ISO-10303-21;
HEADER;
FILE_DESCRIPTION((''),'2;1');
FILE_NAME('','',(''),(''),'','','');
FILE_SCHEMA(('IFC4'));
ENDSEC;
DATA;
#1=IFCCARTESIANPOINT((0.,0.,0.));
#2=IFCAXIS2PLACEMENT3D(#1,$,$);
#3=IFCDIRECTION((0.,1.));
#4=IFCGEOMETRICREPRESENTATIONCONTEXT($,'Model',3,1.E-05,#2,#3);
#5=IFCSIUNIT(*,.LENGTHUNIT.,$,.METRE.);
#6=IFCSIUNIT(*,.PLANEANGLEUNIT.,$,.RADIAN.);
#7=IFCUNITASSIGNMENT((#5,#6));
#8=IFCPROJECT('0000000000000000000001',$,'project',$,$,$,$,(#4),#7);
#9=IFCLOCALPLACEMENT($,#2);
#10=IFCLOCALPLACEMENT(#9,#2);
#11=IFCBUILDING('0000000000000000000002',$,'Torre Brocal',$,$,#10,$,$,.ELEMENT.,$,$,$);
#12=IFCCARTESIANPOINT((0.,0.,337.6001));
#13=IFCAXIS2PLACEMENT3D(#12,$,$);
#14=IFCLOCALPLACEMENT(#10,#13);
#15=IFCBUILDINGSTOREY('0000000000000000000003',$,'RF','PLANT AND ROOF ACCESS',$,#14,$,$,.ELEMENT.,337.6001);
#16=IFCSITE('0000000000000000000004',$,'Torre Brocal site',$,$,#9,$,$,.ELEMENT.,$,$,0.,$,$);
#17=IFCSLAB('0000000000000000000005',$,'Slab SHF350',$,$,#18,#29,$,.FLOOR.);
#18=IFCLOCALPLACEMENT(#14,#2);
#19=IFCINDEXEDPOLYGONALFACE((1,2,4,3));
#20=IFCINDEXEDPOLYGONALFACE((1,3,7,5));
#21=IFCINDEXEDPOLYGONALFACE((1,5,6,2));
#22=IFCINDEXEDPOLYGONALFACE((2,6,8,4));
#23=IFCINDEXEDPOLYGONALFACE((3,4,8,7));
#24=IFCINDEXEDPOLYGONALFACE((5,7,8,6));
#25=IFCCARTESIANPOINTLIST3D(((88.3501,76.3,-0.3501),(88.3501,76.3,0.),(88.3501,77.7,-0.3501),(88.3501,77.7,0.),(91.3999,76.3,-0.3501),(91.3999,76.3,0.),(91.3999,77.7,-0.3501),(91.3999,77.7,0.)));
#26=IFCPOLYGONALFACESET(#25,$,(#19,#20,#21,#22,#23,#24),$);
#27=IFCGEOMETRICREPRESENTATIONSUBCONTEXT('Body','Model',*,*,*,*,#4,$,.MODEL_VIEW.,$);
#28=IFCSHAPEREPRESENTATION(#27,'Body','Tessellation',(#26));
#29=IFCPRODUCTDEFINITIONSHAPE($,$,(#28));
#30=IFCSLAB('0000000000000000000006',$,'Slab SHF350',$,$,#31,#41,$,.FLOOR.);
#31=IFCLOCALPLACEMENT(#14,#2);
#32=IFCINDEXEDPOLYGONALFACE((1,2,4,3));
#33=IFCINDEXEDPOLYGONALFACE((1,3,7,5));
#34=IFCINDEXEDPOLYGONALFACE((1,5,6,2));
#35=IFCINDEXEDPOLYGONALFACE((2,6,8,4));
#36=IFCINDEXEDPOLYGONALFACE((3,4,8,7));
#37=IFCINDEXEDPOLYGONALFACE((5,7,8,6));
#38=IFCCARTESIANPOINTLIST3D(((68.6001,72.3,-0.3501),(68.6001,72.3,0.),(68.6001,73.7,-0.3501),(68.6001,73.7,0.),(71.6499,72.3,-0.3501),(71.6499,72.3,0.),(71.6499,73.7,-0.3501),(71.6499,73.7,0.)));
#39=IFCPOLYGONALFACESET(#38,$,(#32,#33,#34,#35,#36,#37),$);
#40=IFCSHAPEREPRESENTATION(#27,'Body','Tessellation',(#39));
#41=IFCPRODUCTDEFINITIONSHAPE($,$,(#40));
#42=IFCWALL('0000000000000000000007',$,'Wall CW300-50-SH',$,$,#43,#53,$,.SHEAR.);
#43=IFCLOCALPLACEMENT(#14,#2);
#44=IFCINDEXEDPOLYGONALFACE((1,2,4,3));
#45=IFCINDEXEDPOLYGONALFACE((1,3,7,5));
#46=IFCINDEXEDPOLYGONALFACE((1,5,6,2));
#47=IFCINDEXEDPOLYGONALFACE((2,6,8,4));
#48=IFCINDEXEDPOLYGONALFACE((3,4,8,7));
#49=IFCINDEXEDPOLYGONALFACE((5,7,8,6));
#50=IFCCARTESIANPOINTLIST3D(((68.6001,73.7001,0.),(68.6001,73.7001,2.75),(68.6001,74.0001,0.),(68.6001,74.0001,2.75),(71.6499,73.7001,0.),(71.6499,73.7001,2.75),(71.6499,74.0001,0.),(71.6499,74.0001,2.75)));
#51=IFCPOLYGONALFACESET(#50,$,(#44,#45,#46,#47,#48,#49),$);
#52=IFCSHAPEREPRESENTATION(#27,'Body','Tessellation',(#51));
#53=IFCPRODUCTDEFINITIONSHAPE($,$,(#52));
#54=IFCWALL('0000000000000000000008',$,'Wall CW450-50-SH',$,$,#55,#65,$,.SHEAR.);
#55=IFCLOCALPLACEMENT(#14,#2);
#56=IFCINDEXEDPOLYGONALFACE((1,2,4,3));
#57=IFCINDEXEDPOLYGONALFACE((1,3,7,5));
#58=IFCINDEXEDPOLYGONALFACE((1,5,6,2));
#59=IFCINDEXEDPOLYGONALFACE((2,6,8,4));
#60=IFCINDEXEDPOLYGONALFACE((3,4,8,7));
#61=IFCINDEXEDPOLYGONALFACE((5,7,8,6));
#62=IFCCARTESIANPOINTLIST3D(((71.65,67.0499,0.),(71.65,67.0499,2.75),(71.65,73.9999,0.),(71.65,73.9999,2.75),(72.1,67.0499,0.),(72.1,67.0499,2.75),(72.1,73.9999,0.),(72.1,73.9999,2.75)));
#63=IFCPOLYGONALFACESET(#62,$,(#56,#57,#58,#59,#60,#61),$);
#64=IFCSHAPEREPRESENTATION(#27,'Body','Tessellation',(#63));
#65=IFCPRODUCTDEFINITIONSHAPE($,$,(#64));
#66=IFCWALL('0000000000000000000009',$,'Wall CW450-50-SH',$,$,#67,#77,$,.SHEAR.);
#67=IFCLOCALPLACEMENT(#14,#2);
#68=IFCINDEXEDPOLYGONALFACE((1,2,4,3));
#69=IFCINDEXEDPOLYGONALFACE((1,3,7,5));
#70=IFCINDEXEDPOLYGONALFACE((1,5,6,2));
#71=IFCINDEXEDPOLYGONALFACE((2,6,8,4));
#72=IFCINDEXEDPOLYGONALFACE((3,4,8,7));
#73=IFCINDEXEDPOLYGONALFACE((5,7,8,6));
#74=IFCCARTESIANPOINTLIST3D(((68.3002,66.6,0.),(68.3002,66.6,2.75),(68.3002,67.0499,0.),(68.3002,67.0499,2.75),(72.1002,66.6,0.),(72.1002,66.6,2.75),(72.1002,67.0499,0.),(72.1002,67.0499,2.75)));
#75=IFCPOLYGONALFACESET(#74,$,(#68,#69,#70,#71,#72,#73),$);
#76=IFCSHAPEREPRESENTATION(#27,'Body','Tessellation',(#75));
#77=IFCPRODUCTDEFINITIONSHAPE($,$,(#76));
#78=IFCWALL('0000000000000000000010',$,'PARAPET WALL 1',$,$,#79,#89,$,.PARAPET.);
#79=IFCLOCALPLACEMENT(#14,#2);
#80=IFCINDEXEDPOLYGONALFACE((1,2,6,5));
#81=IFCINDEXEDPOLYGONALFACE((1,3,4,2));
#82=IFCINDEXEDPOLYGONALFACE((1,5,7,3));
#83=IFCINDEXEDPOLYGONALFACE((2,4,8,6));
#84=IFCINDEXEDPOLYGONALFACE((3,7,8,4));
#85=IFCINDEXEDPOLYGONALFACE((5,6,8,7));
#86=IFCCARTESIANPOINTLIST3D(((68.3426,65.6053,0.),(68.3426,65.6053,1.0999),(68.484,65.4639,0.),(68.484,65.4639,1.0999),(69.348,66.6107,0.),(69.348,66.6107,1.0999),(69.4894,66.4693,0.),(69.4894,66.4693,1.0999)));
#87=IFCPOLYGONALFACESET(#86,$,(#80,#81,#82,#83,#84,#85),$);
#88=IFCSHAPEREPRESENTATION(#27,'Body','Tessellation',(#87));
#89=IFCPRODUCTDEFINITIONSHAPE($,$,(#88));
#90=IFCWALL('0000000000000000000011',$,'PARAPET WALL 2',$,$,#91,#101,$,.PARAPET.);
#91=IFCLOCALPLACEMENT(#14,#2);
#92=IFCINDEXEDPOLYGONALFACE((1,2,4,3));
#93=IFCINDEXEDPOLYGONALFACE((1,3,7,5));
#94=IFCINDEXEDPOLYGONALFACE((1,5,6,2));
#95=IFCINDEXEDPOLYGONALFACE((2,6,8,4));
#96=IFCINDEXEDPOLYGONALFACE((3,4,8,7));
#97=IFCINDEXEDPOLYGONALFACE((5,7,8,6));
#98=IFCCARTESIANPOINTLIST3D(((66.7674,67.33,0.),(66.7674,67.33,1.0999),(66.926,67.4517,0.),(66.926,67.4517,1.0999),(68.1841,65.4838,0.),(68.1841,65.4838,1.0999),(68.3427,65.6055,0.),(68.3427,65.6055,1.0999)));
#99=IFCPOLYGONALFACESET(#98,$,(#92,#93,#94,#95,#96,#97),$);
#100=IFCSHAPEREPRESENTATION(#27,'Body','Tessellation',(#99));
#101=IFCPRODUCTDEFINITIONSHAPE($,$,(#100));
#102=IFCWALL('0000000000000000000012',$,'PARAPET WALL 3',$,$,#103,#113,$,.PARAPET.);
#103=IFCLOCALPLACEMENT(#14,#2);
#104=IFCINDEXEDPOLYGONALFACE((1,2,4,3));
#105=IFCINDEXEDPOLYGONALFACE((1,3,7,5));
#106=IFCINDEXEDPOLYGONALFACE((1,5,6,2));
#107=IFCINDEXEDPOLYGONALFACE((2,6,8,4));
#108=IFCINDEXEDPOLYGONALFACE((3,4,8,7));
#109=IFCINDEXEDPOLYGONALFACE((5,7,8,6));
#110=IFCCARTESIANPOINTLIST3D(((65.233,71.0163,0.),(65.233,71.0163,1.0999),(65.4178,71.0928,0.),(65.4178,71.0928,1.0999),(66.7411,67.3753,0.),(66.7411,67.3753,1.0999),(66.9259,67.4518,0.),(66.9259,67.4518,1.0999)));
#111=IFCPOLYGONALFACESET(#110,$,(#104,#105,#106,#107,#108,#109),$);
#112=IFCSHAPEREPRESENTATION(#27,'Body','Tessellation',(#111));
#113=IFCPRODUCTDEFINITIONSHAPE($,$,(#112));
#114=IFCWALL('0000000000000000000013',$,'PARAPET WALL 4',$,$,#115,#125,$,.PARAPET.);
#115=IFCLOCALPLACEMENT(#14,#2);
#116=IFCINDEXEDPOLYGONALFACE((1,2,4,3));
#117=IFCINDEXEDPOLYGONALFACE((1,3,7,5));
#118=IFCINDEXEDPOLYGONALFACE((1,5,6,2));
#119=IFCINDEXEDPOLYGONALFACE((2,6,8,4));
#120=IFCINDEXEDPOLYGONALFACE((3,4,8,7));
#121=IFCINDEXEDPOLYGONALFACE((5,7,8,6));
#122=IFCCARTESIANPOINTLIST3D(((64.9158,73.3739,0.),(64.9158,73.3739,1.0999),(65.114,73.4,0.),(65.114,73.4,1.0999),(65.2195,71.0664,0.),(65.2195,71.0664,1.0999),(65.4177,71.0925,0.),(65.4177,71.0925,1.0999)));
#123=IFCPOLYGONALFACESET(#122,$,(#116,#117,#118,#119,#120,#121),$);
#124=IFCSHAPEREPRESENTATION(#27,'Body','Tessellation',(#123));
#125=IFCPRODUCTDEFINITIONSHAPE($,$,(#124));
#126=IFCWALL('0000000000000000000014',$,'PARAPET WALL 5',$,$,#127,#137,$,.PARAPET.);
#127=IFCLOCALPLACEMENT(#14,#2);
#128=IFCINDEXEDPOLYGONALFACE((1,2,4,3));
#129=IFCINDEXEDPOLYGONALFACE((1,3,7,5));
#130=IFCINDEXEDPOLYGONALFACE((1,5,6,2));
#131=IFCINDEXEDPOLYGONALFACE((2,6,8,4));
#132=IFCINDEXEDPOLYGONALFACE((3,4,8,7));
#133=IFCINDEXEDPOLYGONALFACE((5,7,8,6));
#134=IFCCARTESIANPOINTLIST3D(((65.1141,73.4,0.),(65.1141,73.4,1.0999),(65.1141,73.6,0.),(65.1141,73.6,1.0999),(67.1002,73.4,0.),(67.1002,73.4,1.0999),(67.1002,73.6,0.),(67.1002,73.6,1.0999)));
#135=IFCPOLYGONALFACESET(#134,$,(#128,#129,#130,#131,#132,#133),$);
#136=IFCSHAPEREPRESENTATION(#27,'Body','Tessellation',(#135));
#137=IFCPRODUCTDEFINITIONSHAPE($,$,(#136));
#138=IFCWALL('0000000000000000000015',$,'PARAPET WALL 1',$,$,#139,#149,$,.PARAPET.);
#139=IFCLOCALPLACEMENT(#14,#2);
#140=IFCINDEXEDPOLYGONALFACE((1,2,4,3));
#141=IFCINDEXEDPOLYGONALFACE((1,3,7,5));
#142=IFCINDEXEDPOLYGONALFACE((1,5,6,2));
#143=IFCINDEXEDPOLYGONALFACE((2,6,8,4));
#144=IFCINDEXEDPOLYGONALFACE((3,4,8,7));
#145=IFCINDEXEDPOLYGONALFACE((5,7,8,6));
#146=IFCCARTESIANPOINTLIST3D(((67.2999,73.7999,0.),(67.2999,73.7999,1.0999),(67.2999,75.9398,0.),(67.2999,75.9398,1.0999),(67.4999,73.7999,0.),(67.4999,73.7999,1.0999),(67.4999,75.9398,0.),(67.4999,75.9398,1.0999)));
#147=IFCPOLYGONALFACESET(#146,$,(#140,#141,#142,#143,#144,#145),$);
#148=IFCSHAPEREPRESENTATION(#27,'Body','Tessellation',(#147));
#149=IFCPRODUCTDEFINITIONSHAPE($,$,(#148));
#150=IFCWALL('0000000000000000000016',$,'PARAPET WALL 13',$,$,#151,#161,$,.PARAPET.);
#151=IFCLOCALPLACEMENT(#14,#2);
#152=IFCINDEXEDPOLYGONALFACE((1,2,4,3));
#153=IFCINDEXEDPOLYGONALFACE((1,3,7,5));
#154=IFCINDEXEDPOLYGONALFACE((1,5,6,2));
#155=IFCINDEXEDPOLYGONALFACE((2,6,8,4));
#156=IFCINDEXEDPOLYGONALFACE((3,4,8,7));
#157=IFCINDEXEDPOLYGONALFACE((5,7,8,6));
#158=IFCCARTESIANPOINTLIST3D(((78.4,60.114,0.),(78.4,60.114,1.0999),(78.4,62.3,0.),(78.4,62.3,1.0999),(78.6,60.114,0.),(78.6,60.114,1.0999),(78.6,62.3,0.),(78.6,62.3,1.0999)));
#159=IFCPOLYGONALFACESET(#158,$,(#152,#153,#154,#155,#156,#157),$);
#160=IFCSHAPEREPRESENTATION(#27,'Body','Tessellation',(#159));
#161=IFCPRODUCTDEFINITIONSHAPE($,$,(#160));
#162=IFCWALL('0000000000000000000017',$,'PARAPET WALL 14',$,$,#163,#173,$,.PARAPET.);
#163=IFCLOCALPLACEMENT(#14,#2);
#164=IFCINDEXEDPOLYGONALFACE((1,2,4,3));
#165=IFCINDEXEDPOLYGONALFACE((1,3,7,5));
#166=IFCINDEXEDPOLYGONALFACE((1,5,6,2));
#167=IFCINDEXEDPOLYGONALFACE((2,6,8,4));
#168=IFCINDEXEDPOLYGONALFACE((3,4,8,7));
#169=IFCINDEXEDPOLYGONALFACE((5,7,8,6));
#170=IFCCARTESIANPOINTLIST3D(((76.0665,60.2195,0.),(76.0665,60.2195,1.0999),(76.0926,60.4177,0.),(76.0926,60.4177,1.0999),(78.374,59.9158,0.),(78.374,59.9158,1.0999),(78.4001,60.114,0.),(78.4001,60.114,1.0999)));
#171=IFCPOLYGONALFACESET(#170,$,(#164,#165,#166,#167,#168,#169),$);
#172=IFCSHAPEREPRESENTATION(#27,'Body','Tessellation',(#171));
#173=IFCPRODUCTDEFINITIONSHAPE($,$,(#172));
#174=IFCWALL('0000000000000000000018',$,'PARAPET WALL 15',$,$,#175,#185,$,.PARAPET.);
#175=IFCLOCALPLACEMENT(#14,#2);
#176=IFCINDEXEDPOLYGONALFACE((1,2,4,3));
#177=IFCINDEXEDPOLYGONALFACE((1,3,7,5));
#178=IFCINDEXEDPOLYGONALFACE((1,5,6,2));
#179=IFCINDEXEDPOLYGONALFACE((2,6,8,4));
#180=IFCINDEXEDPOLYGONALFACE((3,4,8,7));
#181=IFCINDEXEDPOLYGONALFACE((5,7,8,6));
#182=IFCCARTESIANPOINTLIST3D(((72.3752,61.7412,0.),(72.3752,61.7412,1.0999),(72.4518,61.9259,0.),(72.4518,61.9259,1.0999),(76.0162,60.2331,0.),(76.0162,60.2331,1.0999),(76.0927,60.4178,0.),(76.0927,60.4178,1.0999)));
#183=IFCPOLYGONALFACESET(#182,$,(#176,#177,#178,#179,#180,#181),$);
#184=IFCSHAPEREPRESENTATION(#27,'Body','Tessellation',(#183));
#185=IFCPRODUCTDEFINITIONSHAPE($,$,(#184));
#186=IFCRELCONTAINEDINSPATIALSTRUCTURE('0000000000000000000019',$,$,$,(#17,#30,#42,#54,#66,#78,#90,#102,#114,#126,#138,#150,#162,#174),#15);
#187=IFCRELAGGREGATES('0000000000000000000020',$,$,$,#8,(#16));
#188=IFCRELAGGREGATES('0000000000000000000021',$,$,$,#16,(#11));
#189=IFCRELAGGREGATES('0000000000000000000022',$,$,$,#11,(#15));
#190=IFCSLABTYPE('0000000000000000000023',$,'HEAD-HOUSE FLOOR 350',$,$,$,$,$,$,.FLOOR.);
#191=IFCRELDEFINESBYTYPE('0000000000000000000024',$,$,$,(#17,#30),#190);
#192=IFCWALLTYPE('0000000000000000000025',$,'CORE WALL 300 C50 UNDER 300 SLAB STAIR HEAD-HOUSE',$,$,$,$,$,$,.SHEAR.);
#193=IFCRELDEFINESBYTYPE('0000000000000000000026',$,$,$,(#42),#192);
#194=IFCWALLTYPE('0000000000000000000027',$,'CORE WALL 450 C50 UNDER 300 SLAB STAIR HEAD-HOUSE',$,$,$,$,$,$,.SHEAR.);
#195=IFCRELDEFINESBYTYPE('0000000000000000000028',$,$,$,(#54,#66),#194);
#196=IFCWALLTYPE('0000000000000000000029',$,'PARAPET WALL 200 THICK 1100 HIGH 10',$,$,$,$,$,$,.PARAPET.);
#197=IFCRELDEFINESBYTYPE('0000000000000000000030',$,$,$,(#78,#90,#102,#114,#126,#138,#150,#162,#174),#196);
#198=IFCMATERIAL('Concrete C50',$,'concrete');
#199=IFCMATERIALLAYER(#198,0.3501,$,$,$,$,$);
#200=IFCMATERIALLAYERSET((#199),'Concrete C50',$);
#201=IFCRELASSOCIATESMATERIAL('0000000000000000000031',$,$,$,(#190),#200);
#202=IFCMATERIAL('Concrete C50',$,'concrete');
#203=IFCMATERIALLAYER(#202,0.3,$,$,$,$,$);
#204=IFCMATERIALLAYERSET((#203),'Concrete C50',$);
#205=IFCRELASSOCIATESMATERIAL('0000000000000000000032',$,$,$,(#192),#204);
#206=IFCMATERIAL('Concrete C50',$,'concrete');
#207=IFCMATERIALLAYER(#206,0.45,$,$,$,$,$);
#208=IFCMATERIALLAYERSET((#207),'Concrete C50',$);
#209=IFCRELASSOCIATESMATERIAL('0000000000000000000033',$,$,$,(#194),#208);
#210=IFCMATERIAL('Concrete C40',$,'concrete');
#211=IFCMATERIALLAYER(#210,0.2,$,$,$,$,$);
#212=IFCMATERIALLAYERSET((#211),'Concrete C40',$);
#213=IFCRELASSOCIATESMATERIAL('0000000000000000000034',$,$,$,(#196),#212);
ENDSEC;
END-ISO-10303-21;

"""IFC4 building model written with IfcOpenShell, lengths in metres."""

from ifc_helpers import new_model, si_unit, direction, frame, frame_2d, origin, place, context, subcontext, project, spatial, polyline, rectangle, outline, extrude, material, layer, layer_set, type_object, element, save


model = new_model("IFC4")

# Units and contexts
model_context = context("Model", 3, precision=1e-05, world=origin(), true_north=direction((0.0, 1.0)))
body_context = subcontext(model_context, "Body", "Model", "MODEL_VIEW")
ifc_project = project(units=[si_unit("LENGTHUNIT", "METRE"), si_unit("PLANEANGLEUNIT", "RADIAN")], contexts=[model_context])

# Site, building, storey
site_placement = place(None, origin())
site = spatial("IfcSite", under=ifc_project, at=site_placement, Name="Torre Brocal site", CompositionType="ELEMENT", RefElevation=0.0)
building_placement = place(site_placement, origin())
building = spatial("IfcBuilding", under=site, at=building_placement, Name="Torre Brocal", CompositionType="ELEMENT")
storey_placement = place(building_placement, frame((0.0, 0.0, 337.6001)))
storey = spatial("IfcBuildingStorey", under=building, at=storey_placement, Name="RF", Description="PLANT AND ROOF ACCESS", CompositionType="ELEMENT", Elevation=337.6001)

# Slabs
ifc_material_1 = material(Name="Concrete C50", Category="concrete")
ifc_layer_1 = layer(ifc_material_1, 0.3501)
ifc_layer_set_1 = layer_set([ifc_layer_1], Name="Concrete C50")
slab_type_1 = type_object("IfcSlabType", Name="HEAD-HOUSE FLOOR 350", PredefinedType="FLOOR", material=ifc_layer_set_1)
slab_1_placement = place(storey_placement, frame((0.0, 0.0, -0.3501)))
element("IfcSlab", 1, at=slab_1_placement, inside=storey, type_object=slab_type_1, Name="Slab SHF350", PredefinedType="FLOOR", context=body_context, shape_type="SweptSolid", body=[
    extrude(outline(polyline([(88.3501, 76.3), (91.3999, 76.3), (91.3999, 77.7), (88.3501, 77.7), (88.3501, 76.3)])), origin(), (0.0, 0.0, 1.0), 0.3501),
])
slab_2_placement = place(storey_placement, frame((0.0, 0.0, -0.3501)))
element("IfcSlab", 2, at=slab_2_placement, inside=storey, type_object=slab_type_1, Name="Slab SHF350", PredefinedType="FLOOR", context=body_context, shape_type="SweptSolid", body=[
    extrude(outline(polyline([(71.6499, 73.7), (68.6001, 73.7), (68.6001, 72.3), (71.6499, 72.3), (71.6499, 73.7)])), origin(), (0.0, 0.0, 1.0), 0.3501),
])

# Shared definitions
ifc_material_2 = material(Name="Concrete C50", Category="concrete")
ifc_layer_2 = layer(ifc_material_2, 0.3)
ifc_layer_set_2 = layer_set([ifc_layer_2], Name="Concrete C50")
wall_type_1 = type_object("IfcWallType", Name="CORE WALL 300 C50 UNDER 300 SLAB STAIR HEAD-HOUSE", PredefinedType="SHEAR", material=ifc_layer_set_2)

# Walls
wall_1_placement = place(storey_placement, frame((71.6499, 73.8501, 0.0), z_axis=(0.0, 0.0, 1.0), x_axis=(-1.0, 0.0, 0.0)))
element("IfcWall", 3, at=wall_1_placement, inside=storey, type_object=wall_type_1, Name="Wall CW300-50-SH", PredefinedType="SHEAR", context=body_context, shape_type="SweptSolid", body=[
    extrude(rectangle(XDim=3.0498, YDim=0.3, at=frame_2d((1.5249, 0.0))), origin(), (0.0, 0.0, 1.0), 2.75),
])
ifc_material_3 = material(Name="Concrete C50", Category="concrete")
ifc_layer_3 = layer(ifc_material_3, 0.45)
ifc_layer_set_3 = layer_set([ifc_layer_3], Name="Concrete C50")
wall_type_2 = type_object("IfcWallType", Name="CORE WALL 450 C50 UNDER 300 SLAB STAIR HEAD-HOUSE", PredefinedType="SHEAR", material=ifc_layer_set_3)
wall_2_placement = place(storey_placement, frame((71.875, 74.0, 0.0), z_axis=(0.0, 0.0, 1.0), x_axis=(0.0, -1.0, 0.0)))
element("IfcWall", 4, at=wall_2_placement, inside=storey, type_object=wall_type_2, Name="Wall CW450-50-SH", PredefinedType="SHEAR", context=body_context, shape_type="SweptSolid", body=[
    extrude(rectangle(XDim=6.95, YDim=0.45, at=frame_2d((3.4751, 0.0))), origin(), (0.0, 0.0, 1.0), 2.75),
])
wall_3_placement = place(storey_placement, frame((72.1001, 66.825, 0.0), z_axis=(0.0, 0.0, 1.0), x_axis=(-1.0, 0.0, 0.0)))
element("IfcWall", 5, at=wall_3_placement, inside=storey, type_object=wall_type_2, Name="Wall CW450-50-SH", PredefinedType="SHEAR", context=body_context, shape_type="SweptSolid", body=[
    extrude(rectangle(XDim=3.8, YDim=0.45, at=frame_2d((1.8999, 0.0))), origin(), (0.0, 0.0, 1.0), 2.75),
])
ifc_material_4 = material(Name="Concrete C40", Category="concrete")
ifc_layer_4 = layer(ifc_material_4, 0.2)
ifc_layer_set_4 = layer_set([ifc_layer_4], Name="Concrete C40")
wall_type_3 = type_object("IfcWallType", Name="PARAPET WALL 200 THICK 1100 HIGH 10", PredefinedType="PARAPET", material=ifc_layer_set_4)
wall_4_placement = place(storey_placement, frame((69.4187, 66.54, 0.0), z_axis=(0.0, 0.0, 1.0), x_axis=(-0.707107, -0.707107, 0.0)))
element("IfcWall", 6, at=wall_4_placement, inside=storey, type_object=wall_type_3, Name="PARAPET WALL 1", PredefinedType="PARAPET", context=body_context, shape_type="SweptSolid", body=[
    extrude(rectangle(XDim=1.4219, YDim=0.2, at=frame_2d((0.7109, 0.0))), origin(), (0.0, 0.0, 1.0), 1.0999),
])
wall_5_placement = place(storey_placement, frame((68.2634, 65.5447, 0.0), z_axis=(0.0, 0.0, 1.0), x_axis=(-0.608793, 0.793329, 0.0)))
element("IfcWall", 7, at=wall_5_placement, inside=storey, type_object=wall_type_3, Name="PARAPET WALL 2", PredefinedType="PARAPET", context=body_context, shape_type="SweptSolid", body=[
    extrude(rectangle(XDim=2.3271, YDim=0.2, at=frame_2d((1.1636, 0.0))), origin(), (0.0, 0.0, 1.0), 1.0999),
])
wall_6_placement = place(storey_placement, frame((66.8335, 67.4136, 0.0), z_axis=(0.0, 0.0, 1.0), x_axis=(-0.382675, 0.923883, 0.0)))
element("IfcWall", 8, at=wall_6_placement, inside=storey, type_object=wall_type_3, Name="PARAPET WALL 3", PredefinedType="PARAPET", context=body_context, shape_type="SweptSolid", body=[
    extrude(rectangle(XDim=3.9409, YDim=0.2, at=frame_2d((1.9705, 0.0))), origin(), (0.0, 0.0, 1.0), 1.0999),
])
wall_7_placement = place(storey_placement, frame((65.3186, 71.0796, 0.0), z_axis=(0.0, 0.0, 1.0), x_axis=(-0.130501, 0.991448, 0.0)))
element("IfcWall", 9, at=wall_7_placement, inside=storey, type_object=wall_type_3, Name="PARAPET WALL 4", PredefinedType="PARAPET", context=body_context, shape_type="SweptSolid", body=[
    extrude(rectangle(XDim=2.3274, YDim=0.2, at=frame_2d((1.1636, 0.0))), origin(), (0.0, 0.0, 1.0), 1.0999),
])
wall_8_placement = place(storey_placement, frame((65.114, 73.5, 0.0), z_axis=(0.0, 0.0, 1.0), x_axis=(1.0, 0.0, 0.0)))
element("IfcWall", 10, at=wall_8_placement, inside=storey, type_object=wall_type_3, Name="PARAPET WALL 5", PredefinedType="PARAPET", context=body_context, shape_type="SweptSolid", body=[
    extrude(rectangle(XDim=1.9861, YDim=0.2, at=frame_2d((0.9932, 0.0))), origin(), (0.0, 0.0, 1.0), 1.0999),
])
wall_9_placement = place(storey_placement, frame((67.3999, 73.8, 0.0), z_axis=(0.0, 0.0, 1.0), x_axis=(0.0, 1.0, 0.0)))
element("IfcWall", 11, at=wall_9_placement, inside=storey, type_object=wall_type_3, Name="PARAPET WALL 1", PredefinedType="PARAPET", context=body_context, shape_type="SweptSolid", body=[
    extrude(rectangle(XDim=2.1399, YDim=0.2, at=frame_2d((1.0698, 0.0))), origin(), (0.0, 0.0, 1.0), 1.0999),
])
wall_10_placement = place(storey_placement, frame((78.5, 62.3, 0.0), z_axis=(0.0, 0.0, 1.0), x_axis=(0.0, -1.0, 0.0)))
element("IfcWall", 12, at=wall_10_placement, inside=storey, type_object=wall_type_3, Name="PARAPET WALL 13", PredefinedType="PARAPET", context=body_context, shape_type="SweptSolid", body=[
    extrude(rectangle(XDim=2.186, YDim=0.2, at=frame_2d((1.093, 0.0))), origin(), (0.0, 0.0, 1.0), 1.0999),
])
wall_11_placement = place(storey_placement, frame((78.387, 60.0149, 0.0), z_axis=(0.0, 0.0, 1.0), x_axis=(-0.991448, 0.130501, 0.0)))
element("IfcWall", 13, at=wall_11_placement, inside=storey, type_object=wall_type_3, Name="PARAPET WALL 14", PredefinedType="PARAPET", context=body_context, shape_type="SweptSolid", body=[
    extrude(rectangle(XDim=2.3274, YDim=0.2, at=frame_2d((1.1636, 0.0))), origin(), (0.0, 0.0, 1.0), 1.0999),
])
wall_12_placement = place(storey_placement, frame((76.0544, 60.3254, 0.0), z_axis=(0.0, 0.0, 1.0), x_axis=(-0.923883, 0.382675, 0.0)))
element("IfcWall", 14, at=wall_12_placement, inside=storey, type_object=wall_type_3, Name="PARAPET WALL 15", PredefinedType="PARAPET", context=body_context, shape_type="SweptSolid", body=[
    extrude(rectangle(XDim=3.9409, YDim=0.2, at=frame_2d((1.9705, 0.0))), origin(), (0.0, 0.0, 1.0), 1.0999),
])

save(model, "model.ifc")
